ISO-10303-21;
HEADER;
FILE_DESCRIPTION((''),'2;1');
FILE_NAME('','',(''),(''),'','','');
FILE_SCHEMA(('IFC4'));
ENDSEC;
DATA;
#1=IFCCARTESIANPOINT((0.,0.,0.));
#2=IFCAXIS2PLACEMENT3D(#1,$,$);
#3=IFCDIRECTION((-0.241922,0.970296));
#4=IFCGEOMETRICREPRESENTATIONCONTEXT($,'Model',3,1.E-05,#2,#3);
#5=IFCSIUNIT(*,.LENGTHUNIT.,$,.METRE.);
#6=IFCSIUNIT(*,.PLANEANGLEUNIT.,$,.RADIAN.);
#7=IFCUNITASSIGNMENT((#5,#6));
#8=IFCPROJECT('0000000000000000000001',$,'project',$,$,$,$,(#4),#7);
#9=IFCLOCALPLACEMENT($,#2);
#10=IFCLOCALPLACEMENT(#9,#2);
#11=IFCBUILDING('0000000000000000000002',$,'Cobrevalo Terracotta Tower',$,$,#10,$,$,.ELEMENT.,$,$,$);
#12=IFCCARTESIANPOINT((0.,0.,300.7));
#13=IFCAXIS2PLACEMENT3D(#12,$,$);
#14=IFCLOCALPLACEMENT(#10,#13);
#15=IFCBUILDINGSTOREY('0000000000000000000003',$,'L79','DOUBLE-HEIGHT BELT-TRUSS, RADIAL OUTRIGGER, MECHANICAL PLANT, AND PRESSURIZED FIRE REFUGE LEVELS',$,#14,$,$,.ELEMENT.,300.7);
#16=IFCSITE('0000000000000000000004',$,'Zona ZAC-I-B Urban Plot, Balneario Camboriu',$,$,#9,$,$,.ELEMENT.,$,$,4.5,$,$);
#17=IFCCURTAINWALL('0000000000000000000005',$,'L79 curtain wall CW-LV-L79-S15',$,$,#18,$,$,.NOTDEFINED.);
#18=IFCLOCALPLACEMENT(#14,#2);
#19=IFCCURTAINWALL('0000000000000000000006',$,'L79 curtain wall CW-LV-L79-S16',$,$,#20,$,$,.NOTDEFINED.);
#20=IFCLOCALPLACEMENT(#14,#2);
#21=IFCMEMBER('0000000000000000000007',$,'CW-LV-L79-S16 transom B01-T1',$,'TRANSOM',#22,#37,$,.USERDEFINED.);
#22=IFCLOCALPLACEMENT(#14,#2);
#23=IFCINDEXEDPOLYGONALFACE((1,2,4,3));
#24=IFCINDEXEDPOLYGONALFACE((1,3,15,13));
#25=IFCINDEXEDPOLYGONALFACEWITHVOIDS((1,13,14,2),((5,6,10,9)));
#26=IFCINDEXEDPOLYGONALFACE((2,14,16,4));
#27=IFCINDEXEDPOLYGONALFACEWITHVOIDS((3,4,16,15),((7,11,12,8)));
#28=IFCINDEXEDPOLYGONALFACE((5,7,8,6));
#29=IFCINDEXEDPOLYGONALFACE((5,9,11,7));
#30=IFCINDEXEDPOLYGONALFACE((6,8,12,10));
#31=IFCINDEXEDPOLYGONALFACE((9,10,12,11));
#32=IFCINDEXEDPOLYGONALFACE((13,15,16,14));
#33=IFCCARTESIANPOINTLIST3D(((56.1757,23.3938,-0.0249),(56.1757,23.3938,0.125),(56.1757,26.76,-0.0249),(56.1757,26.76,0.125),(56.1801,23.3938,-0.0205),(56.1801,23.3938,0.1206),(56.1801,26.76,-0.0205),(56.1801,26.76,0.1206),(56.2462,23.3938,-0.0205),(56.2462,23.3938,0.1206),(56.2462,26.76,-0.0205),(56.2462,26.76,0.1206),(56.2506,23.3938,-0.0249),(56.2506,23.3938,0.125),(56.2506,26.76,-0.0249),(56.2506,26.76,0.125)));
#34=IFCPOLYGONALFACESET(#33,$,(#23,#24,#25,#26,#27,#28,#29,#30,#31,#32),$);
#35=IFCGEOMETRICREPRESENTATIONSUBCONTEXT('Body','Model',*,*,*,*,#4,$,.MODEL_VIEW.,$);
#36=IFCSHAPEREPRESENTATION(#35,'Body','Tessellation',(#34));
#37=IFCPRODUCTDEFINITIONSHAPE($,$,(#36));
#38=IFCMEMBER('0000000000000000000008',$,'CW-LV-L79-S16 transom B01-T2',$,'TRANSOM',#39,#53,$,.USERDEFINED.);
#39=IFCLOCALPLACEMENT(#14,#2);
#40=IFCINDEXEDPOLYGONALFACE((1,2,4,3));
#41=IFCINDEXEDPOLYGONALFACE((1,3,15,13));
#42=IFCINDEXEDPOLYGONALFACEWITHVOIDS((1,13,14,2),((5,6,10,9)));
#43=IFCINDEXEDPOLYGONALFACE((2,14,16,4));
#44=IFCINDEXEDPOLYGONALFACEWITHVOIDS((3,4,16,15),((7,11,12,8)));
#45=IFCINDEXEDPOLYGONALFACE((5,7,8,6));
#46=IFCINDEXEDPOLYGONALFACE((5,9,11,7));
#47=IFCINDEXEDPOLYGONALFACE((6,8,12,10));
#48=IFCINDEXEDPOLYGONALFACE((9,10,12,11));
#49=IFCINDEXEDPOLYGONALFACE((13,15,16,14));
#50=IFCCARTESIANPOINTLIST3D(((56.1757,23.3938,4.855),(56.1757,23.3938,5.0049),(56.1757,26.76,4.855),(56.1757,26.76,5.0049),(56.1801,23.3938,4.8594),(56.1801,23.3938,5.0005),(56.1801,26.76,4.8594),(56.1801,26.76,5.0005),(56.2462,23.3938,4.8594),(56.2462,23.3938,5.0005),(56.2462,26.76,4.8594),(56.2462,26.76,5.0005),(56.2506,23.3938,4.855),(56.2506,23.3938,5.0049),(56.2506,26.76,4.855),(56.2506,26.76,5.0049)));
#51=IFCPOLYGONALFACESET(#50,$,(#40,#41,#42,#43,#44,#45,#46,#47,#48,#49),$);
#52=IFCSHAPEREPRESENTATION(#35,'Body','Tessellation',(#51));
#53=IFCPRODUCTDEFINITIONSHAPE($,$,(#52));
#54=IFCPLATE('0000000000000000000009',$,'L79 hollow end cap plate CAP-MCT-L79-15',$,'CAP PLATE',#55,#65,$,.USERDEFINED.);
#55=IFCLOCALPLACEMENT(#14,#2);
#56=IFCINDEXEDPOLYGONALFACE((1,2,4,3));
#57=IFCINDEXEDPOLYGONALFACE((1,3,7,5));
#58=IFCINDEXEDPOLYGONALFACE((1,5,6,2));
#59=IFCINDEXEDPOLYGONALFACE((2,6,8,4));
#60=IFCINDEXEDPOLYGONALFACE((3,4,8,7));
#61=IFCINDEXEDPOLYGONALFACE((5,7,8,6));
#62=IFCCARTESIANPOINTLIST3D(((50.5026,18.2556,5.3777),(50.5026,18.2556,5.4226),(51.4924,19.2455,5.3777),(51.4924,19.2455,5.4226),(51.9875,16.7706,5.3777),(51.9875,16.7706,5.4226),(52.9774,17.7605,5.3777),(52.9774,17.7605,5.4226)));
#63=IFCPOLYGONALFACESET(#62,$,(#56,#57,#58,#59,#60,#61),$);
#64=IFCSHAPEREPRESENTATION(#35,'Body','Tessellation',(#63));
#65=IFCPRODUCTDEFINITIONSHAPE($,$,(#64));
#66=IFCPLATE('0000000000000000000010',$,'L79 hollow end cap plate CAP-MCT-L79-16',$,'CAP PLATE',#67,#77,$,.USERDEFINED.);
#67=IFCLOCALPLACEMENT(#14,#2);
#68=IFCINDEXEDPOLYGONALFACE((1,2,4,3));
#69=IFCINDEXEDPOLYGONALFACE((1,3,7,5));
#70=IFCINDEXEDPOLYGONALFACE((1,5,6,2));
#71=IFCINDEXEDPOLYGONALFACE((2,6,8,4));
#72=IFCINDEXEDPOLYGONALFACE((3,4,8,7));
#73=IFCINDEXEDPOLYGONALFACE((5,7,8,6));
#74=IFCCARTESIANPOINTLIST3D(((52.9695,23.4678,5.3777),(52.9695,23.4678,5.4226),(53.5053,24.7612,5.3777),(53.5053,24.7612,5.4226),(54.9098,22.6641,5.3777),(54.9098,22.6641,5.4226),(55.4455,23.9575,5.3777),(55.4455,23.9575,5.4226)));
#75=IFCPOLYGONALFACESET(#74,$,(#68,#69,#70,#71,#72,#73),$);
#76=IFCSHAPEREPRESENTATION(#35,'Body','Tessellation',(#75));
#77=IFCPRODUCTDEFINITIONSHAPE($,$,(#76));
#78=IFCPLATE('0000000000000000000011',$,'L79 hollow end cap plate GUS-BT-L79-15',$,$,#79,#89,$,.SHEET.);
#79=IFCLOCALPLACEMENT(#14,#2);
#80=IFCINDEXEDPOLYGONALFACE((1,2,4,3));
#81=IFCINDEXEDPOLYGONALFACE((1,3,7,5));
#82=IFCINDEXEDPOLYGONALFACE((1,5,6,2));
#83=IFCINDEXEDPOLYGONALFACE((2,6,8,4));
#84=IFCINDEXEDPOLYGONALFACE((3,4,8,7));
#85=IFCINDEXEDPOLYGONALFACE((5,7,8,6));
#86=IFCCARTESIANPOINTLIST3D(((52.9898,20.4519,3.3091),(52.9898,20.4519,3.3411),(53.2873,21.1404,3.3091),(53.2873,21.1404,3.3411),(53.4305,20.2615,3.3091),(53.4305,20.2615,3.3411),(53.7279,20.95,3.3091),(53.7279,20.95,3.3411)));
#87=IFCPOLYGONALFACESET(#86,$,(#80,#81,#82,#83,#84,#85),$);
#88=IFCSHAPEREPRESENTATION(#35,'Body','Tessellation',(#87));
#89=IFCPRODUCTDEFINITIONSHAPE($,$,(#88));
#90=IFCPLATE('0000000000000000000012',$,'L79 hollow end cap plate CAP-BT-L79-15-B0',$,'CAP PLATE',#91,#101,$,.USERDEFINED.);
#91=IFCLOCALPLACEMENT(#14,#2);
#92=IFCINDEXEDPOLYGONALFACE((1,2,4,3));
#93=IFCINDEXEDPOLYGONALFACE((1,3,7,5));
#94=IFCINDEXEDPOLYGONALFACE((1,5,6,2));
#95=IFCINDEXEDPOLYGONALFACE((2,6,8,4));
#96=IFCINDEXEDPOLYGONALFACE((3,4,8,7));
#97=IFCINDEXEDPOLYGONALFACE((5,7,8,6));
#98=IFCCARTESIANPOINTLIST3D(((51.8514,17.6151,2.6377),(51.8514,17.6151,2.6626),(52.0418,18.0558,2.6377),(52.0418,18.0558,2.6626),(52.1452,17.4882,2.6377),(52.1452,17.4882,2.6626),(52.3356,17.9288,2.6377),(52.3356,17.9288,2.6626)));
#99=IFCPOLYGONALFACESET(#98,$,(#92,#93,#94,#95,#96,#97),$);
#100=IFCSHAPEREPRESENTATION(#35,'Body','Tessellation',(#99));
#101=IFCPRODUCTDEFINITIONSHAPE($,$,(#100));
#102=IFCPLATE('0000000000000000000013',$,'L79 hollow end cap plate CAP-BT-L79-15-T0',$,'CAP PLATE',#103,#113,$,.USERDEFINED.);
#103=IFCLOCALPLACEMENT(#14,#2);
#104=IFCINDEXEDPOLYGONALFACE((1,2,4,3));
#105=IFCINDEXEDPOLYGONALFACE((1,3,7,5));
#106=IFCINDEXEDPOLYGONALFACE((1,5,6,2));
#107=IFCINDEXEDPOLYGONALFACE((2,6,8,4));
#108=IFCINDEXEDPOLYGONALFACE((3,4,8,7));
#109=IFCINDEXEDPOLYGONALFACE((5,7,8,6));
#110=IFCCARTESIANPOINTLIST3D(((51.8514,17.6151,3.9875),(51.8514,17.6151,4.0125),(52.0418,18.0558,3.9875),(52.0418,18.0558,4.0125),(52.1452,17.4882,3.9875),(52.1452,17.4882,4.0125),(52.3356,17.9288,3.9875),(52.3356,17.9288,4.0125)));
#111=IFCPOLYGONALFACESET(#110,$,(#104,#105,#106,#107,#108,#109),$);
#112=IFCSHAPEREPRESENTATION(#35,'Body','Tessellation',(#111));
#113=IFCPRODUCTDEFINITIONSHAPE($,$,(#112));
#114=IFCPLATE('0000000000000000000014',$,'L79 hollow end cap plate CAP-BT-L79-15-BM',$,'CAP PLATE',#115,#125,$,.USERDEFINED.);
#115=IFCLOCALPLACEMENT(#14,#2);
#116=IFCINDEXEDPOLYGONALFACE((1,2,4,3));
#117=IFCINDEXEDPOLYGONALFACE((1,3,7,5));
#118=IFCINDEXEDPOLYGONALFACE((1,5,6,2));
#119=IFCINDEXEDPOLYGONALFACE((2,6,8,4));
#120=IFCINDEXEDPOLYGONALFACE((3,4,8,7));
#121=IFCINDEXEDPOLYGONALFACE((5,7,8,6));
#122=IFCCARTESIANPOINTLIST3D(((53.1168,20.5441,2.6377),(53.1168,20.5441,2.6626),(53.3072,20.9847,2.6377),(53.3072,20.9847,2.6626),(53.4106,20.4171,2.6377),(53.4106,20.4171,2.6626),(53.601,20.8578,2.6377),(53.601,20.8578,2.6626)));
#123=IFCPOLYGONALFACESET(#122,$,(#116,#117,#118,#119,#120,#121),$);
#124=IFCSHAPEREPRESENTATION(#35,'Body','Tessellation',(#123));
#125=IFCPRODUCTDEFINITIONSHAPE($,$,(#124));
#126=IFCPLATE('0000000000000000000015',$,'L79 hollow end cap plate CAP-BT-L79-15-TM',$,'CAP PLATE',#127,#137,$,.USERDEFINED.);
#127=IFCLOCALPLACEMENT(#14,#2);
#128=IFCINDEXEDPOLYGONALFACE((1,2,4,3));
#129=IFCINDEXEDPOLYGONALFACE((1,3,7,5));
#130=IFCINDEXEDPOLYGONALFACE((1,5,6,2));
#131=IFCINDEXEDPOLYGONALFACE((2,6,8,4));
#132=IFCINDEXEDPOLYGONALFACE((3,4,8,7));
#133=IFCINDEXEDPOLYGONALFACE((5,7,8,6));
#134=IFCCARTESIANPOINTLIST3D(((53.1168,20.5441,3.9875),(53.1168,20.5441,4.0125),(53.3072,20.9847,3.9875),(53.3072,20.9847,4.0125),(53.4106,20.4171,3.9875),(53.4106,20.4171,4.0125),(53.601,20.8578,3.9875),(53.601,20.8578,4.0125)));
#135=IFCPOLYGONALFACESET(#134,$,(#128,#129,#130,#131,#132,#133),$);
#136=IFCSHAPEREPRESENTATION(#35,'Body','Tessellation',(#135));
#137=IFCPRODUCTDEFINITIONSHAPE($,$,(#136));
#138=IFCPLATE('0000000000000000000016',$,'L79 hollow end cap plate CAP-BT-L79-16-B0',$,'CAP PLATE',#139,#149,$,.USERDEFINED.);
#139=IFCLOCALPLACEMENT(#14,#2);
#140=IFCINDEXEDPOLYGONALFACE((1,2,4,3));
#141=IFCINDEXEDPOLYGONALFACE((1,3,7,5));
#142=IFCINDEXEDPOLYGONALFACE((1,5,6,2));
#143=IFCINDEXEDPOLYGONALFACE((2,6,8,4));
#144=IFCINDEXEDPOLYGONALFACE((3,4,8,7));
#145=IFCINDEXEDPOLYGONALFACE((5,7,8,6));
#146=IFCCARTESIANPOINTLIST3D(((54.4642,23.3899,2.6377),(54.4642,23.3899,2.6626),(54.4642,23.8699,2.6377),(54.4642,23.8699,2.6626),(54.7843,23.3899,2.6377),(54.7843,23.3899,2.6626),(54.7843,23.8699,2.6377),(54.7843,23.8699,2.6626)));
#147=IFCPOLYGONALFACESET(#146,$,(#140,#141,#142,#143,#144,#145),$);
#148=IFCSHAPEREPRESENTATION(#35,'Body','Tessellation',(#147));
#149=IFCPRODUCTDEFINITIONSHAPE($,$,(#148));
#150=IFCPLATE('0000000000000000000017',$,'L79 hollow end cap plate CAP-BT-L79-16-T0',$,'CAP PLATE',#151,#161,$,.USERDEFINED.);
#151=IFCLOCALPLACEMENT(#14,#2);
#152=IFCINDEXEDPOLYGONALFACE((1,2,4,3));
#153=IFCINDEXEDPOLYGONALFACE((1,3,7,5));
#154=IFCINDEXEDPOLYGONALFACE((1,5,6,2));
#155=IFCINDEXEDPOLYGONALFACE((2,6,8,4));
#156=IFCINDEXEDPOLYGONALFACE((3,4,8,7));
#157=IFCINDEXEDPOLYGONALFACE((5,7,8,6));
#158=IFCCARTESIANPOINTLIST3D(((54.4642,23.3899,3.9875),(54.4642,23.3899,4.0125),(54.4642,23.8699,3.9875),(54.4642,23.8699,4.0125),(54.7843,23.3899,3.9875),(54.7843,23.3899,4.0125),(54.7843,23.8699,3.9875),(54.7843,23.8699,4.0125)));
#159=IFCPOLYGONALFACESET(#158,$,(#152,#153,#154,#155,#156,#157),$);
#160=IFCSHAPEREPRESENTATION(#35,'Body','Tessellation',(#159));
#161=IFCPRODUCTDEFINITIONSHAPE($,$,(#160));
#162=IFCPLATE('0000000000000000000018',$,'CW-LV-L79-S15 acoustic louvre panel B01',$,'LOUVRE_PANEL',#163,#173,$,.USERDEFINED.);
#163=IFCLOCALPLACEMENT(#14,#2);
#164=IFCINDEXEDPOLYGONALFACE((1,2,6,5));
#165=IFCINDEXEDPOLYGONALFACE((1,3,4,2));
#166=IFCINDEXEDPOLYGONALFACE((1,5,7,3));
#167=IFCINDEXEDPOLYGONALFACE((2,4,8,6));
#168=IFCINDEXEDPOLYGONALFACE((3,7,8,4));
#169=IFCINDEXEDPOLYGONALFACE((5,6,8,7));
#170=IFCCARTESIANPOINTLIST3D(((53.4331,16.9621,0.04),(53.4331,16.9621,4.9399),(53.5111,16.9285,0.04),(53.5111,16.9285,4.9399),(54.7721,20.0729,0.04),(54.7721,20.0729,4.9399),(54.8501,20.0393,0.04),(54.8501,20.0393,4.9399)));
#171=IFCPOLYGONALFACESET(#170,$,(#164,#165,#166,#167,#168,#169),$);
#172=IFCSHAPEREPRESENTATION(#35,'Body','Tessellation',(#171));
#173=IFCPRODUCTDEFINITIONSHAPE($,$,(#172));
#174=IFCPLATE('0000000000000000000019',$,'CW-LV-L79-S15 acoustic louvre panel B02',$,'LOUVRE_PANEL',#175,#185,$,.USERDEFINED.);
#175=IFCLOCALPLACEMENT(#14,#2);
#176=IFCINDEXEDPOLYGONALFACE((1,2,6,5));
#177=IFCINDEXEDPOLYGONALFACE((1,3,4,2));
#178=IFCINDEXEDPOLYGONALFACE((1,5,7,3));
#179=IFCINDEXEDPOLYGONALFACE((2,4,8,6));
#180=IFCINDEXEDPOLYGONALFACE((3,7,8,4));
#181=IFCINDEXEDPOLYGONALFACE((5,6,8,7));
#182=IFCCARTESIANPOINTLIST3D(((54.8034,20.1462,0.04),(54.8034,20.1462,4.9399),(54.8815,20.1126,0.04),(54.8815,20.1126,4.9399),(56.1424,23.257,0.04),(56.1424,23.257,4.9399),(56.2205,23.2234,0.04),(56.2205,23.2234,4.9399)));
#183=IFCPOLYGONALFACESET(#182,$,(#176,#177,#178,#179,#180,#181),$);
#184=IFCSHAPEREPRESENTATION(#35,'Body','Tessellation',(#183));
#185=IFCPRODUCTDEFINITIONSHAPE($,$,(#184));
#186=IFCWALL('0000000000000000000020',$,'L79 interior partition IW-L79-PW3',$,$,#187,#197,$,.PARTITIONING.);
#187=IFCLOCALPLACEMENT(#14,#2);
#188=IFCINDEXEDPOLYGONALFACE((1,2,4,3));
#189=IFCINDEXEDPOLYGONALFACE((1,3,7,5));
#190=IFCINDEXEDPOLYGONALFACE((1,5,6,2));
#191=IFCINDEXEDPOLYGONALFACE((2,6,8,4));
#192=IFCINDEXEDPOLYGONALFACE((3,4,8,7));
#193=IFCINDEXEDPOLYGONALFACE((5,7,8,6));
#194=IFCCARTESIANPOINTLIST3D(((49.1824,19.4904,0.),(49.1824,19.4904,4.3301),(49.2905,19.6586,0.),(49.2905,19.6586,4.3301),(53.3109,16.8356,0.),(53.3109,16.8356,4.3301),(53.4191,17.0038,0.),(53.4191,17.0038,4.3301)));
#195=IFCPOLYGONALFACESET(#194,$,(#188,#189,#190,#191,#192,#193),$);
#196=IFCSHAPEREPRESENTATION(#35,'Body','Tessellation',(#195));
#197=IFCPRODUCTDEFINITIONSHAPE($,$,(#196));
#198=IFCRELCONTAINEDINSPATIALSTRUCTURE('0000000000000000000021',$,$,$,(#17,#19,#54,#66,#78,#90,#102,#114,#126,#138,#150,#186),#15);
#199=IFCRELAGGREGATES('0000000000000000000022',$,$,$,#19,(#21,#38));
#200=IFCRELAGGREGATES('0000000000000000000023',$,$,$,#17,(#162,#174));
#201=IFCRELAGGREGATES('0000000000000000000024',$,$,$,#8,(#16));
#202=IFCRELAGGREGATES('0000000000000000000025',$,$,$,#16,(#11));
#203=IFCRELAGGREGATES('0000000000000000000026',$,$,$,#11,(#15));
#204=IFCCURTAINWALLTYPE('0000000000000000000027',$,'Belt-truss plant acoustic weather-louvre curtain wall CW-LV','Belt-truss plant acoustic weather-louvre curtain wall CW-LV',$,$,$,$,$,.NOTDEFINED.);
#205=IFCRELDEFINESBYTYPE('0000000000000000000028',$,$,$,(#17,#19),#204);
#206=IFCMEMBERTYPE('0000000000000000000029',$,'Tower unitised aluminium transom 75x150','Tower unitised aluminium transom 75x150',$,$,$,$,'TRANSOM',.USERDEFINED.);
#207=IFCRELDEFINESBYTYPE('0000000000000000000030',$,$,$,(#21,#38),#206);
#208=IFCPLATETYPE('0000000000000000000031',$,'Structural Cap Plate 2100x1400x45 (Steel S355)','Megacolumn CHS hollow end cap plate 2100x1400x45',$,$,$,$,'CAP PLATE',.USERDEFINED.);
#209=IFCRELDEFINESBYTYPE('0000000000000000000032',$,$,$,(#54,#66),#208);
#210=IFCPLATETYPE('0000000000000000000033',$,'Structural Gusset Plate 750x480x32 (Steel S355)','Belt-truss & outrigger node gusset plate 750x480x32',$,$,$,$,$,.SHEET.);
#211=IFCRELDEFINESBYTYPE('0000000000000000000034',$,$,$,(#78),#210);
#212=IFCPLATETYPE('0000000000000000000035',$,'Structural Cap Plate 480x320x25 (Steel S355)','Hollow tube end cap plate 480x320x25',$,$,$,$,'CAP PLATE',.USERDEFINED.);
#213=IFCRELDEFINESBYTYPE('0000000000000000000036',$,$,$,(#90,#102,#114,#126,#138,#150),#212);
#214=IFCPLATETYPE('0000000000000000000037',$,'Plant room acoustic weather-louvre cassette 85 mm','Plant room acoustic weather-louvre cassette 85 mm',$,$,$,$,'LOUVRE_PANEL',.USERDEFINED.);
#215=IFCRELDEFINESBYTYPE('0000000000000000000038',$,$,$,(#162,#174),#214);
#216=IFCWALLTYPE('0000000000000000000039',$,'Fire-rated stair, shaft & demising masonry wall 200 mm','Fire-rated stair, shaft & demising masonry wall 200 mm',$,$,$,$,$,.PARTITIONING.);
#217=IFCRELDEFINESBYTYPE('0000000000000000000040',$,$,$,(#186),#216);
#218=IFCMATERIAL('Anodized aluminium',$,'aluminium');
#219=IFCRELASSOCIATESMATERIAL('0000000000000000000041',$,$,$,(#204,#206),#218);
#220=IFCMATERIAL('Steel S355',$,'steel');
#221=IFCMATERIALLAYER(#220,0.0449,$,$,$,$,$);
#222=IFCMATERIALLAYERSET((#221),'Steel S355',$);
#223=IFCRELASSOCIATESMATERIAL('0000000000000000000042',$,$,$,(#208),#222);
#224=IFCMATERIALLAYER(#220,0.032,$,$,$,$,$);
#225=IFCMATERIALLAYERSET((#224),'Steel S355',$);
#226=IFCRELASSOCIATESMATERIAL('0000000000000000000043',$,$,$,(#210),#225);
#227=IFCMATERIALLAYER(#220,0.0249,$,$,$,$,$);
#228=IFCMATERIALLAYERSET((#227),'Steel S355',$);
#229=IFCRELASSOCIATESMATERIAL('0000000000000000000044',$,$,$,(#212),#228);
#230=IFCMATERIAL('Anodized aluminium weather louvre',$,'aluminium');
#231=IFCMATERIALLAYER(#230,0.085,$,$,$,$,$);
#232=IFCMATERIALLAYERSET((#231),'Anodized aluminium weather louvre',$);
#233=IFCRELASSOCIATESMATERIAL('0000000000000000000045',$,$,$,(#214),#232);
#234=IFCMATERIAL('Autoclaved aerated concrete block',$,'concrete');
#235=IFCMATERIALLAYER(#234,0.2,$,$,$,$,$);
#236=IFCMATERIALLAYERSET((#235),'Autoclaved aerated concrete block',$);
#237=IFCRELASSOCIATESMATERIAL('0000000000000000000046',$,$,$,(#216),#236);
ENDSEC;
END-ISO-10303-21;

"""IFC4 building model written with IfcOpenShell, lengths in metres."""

from ifc_helpers import new_model, si_unit, direction, frame, frame_2d, origin, origin_2d, place, context, subcontext, project, spatial, rectangle, hollow_rectangle, extrude, source, transform, mapped, material, layer, layer_set, material_profile, profile_set, type_object, element, aggregate, save


model = new_model("IFC4")

# Units and contexts
model_context = context("Model", 3, precision=1e-05, world=origin(), true_north=direction((-0.241922, 0.970296)))
body_context = subcontext(model_context, "Body", "Model", "MODEL_VIEW")
ifc_project = project(units=[si_unit("LENGTHUNIT", "METRE"), si_unit("PLANEANGLEUNIT", "RADIAN")], contexts=[model_context])

# Site, building, storey
site_placement = place(None, origin())
site = spatial("IfcSite", under=ifc_project, at=site_placement, Name="Zona ZAC-I-B Urban Plot, Balneario Camboriu", CompositionType="ELEMENT", RefElevation=4.5)
building_placement = place(site_placement, origin())
building = spatial("IfcBuilding", under=site, at=building_placement, Name="Cobrevalo Terracotta Tower", CompositionType="ELEMENT")
storey_placement = place(building_placement, frame((0.0, 0.0, 300.7)))
storey = spatial("IfcBuildingStorey", under=building, at=storey_placement, Name="L79", Description="DOUBLE-HEIGHT BELT-TRUSS, RADIAL OUTRIGGER, MECHANICAL PLANT, AND PRESSURIZED FIRE REFUGE LEVELS", CompositionType="ELEMENT", Elevation=300.7)

# Shared definitions
ifc_material_1 = material(Name="Steel S355", Category="steel")

# Curtain wall
ifc_material_2 = material(Name="Anodized aluminium", Category="aluminium")
curtain_wall_type = type_object("IfcCurtainWallType", Name="Belt-truss plant acoustic weather-louvre curtain wall CW-LV", Description="Belt-truss plant acoustic weather-louvre curtain wall CW-LV", PredefinedType="NOTDEFINED", material=ifc_material_2)
curtain_wall_1_placement = place(storey_placement, origin())
curtain_wall_1 = element("IfcCurtainWall", 1, at=curtain_wall_1_placement, inside=storey, type_object=curtain_wall_type, Name="L79 curtain wall CW-LV-L79-S15", PredefinedType="NOTDEFINED")

# Curtain wall
curtain_wall_2_placement = place(storey_placement, origin())
curtain_wall_2 = element("IfcCurtainWall", 2, at=curtain_wall_2_placement, inside=storey, type_object=curtain_wall_type, Name="L79 curtain wall CW-LV-L79-S16", PredefinedType="NOTDEFINED")

# Members
ifc_material_profile_1 = material_profile(ifc_material_2, hollow_rectangle(XDim=0.075, YDim=0.1499, WallThickness=0.0044, at=origin_2d()), Name="CWT 75x150")
ifc_profile_set_1 = profile_set([ifc_material_profile_1], Name="Anodized aluminium")
member_type_1 = type_object("IfcMemberType", Name="Tower unitised aluminium transom 75x150", Description="Tower unitised aluminium transom 75x150", ElementType="TRANSOM", PredefinedType="USERDEFINED", material=ifc_profile_set_1)
shared_shape_1 = source(origin(), body_context, "Body", "SweptSolid", [
    extrude(hollow_rectangle(XDim=0.075, YDim=0.1499, WallThickness=0.0044, at=origin_2d()), origin(), (0.0, 0.0, 1.0), 3.3662),
])
member_1_placement = place(storey_placement, frame((56.2131, 23.3938, 0.05), z_axis=(0.0, 1.0, 0.0), x_axis=(-1.0, 0.0, 0.0)))
member_1 = element("IfcMember", 3, at=member_1_placement, type_object=member_type_1, Name="CW-LV-L79-S16 transom B01-T1", ObjectType="TRANSOM", PredefinedType="USERDEFINED", context=body_context, shape_type="MappedRepresentation", body=[
    mapped(shared_shape_1, transform((0.0, 0.0, 0.0), scale=1.0)),
])
member_2_placement = place(storey_placement, frame((56.2131, 23.3938, 4.9299), z_axis=(0.0, 1.0, 0.0), x_axis=(-1.0, 0.0, 0.0)))
member_2 = element("IfcMember", 4, at=member_2_placement, type_object=member_type_1, Name="CW-LV-L79-S16 transom B01-T2", ObjectType="TRANSOM", PredefinedType="USERDEFINED", context=body_context, shape_type="MappedRepresentation", body=[
    mapped(shared_shape_1, transform((0.0, 0.0, 0.0), scale=1.0)),
])
aggregate(curtain_wall_2, [member_1, member_2])

# Plates
ifc_layer_1 = layer(ifc_material_1, 0.0449)
ifc_layer_set_1 = layer_set([ifc_layer_1], Name="Steel S355")
plate_type_1 = type_object("IfcPlateType", Name="Structural Cap Plate 2100x1400x45 (Steel S355)", Description="Megacolumn CHS hollow end cap plate 2100x1400x45", ElementType="CAP PLATE", PredefinedType="USERDEFINED", material=ifc_layer_set_1)
shared_shape_2 = source(origin(), body_context, "Body", "SweptSolid", [
    extrude(rectangle(XDim=2.1001, YDim=1.3999, at=origin_2d()), origin(), (0.0, 0.0, 1.0), 0.0449),
])
for number, where, z_axis, x_axis, name in (
    (5, (51.74, 18.0081, 5.3777), (0.0, 0.0, 1.0), (0.707107, -0.707107, 0.0), "L79 hollow end cap plate CAP-MCT-L79-15"),
    (6, (54.2075, 23.7126, 5.3777), (0.0, 0.0, 1.0), (0.92388, -0.382683, 0.0), "L79 hollow end cap plate CAP-MCT-L79-16"),
):
    element("IfcPlate", number, at=place(storey_placement, frame(where, z_axis=z_axis, x_axis=x_axis)), inside=storey, type_object=plate_type_1, Name=name, ObjectType="CAP PLATE", PredefinedType="USERDEFINED", context=body_context, shape_type="MappedRepresentation", body=[
        mapped(shared_shape_2, transform((0.0, 0.0, 0.0), scale=1.0)),
    ])
ifc_layer_2 = layer(ifc_material_1, 0.032)
ifc_layer_set_2 = layer_set([ifc_layer_2], Name="Steel S355")
plate_type_2 = type_object("IfcPlateType", Name="Structural Gusset Plate 750x480x32 (Steel S355)", Description="Belt-truss & outrigger node gusset plate 750x480x32", PredefinedType="SHEET", material=ifc_layer_set_2)
shared_shape_3 = source(origin(), body_context, "Body", "SweptSolid", [
    extrude(rectangle(XDim=0.75, YDim=0.48, at=origin_2d()), origin(), (0.0, 0.0, 1.0), 0.032),
])
plate_1_placement = place(storey_placement, frame((53.3589, 20.7009, 3.3091), z_axis=(0.0, 0.0, 1.0), x_axis=(0.396621, 0.917983, 0.0)))
element("IfcPlate", 7, at=plate_1_placement, inside=storey, type_object=plate_type_2, Name="L79 hollow end cap plate GUS-BT-L79-15", PredefinedType="SHEET", context=body_context, shape_type="MappedRepresentation", body=[
    mapped(shared_shape_3, transform((0.0, 0.0, 0.0), scale=1.0)),
])
ifc_layer_3 = layer(ifc_material_1, 0.0249)
ifc_layer_set_3 = layer_set([ifc_layer_3], Name="Steel S355")
plate_type_3 = type_object("IfcPlateType", Name="Structural Cap Plate 480x320x25 (Steel S355)", Description="Hollow tube end cap plate 480x320x25", ElementType="CAP PLATE", PredefinedType="USERDEFINED", material=ifc_layer_set_3)
shared_shape_4 = source(origin(), body_context, "Body", "SweptSolid", [
    extrude(rectangle(XDim=0.48, YDim=0.3201, at=origin_2d()), origin(), (0.0, 0.0, 1.0), 0.0249),
])
for number, where, z_axis, x_axis, name in (
    (8, (52.0935, 17.772, 2.6377), (0.0, 0.0, 1.0), (0.396621, 0.917983, 0.0), "L79 hollow end cap plate CAP-BT-L79-15-B0"),
    (9, (52.0935, 17.772, 3.9875), (0.0, 0.0, 1.0), (0.396621, 0.917983, 0.0), "L79 hollow end cap plate CAP-BT-L79-15-T0"),
    (10, (53.3589, 20.7009, 2.6377), (0.0, 0.0, 1.0), (0.396621, 0.917983, 0.0), "L79 hollow end cap plate CAP-BT-L79-15-BM"),
    (11, (53.3589, 20.7009, 3.9875), (0.0, 0.0, 1.0), (0.396621, 0.917983, 0.0), "L79 hollow end cap plate CAP-BT-L79-15-TM"),
    (12, (54.6243, 23.6299, 2.6377), (0.0, 0.0, 1.0), (0.0, 1.0, 0.0), "L79 hollow end cap plate CAP-BT-L79-16-B0"),
    (13, (54.6243, 23.6299, 3.9875), (0.0, 0.0, 1.0), (0.0, 1.0, 0.0), "L79 hollow end cap plate CAP-BT-L79-16-T0"),
):
    element("IfcPlate", number, at=place(storey_placement, frame(where, z_axis=z_axis, x_axis=x_axis)), inside=storey, type_object=plate_type_3, Name=name, ObjectType="CAP PLATE", PredefinedType="USERDEFINED", context=body_context, shape_type="MappedRepresentation", body=[
        mapped(shared_shape_4, transform((0.0, 0.0, 0.0), scale=1.0)),
    ])

# Plates
ifc_material_3 = material(Name="Anodized aluminium weather louvre", Category="aluminium")
ifc_layer_4 = layer(ifc_material_3, 0.085)
ifc_layer_set_4 = layer_set([ifc_layer_4], Name="Anodized aluminium weather louvre")
plate_type_4 = type_object("IfcPlateType", Name="Plant room acoustic weather-louvre cassette 85 mm", Description="Plant room acoustic weather-louvre cassette 85 mm", ElementType="LOUVRE_PANEL", PredefinedType="USERDEFINED", material=ifc_layer_set_4)
shared_shape_5 = source(origin(), body_context, "Body", "SweptSolid", [
    extrude(rectangle(XDim=3.3867, YDim=0.085, at=origin_2d()), origin(), (0.0, 0.0, 1.0), 4.8999),
])
plate_2_placement = place(storey_placement, frame((54.1416, 18.5007, 0.04), z_axis=(0.0, 0.0, 1.0), x_axis=(0.395368, 0.918523, 0.0)))
plate_2 = element("IfcPlate", 14, at=plate_2_placement, type_object=plate_type_4, Name="CW-LV-L79-S15 acoustic louvre panel B01", ObjectType="LOUVRE_PANEL", PredefinedType="USERDEFINED", context=body_context, shape_type="MappedRepresentation", body=[
    mapped(shared_shape_5, transform((0.0, 0.0, 0.0), scale=1.0)),
])
plate_3_placement = place(storey_placement, frame((55.512, 21.6848, 0.04), z_axis=(0.0, 0.0, 1.0), x_axis=(0.395368, 0.918523, 0.0)))
plate_3 = element("IfcPlate", 15, at=plate_3_placement, type_object=plate_type_4, Name="CW-LV-L79-S15 acoustic louvre panel B02", ObjectType="LOUVRE_PANEL", PredefinedType="USERDEFINED", context=body_context, shape_type="MappedRepresentation", body=[
    mapped(shared_shape_5, transform((0.0, 0.0, 0.0), scale=1.0)),
])
aggregate(curtain_wall_1, [plate_2, plate_3])

# Wall
ifc_material_4 = material(Name="Autoclaved aerated concrete block", Category="concrete")
ifc_layer_5 = layer(ifc_material_4, 0.2)
ifc_layer_set_5 = layer_set([ifc_layer_5], Name="Autoclaved aerated concrete block")
wall_type_1 = type_object("IfcWallType", Name="Fire-rated stair, shaft & demising masonry wall 200 mm", Description="Fire-rated stair, shaft & demising masonry wall 200 mm", PredefinedType="PARTITIONING", material=ifc_layer_set_5)
wall_1_placement = place(storey_placement, frame((49.2366, 19.5745, 0.0), z_axis=(0.0, 0.0, 1.0), x_axis=(0.841104, -0.540873, 0.0)))
element("IfcWall", 16, at=wall_1_placement, inside=storey, type_object=wall_type_1, Name="L79 interior partition IW-L79-PW3", PredefinedType="PARTITIONING", context=body_context, shape_type="SweptSolid", body=[
    extrude(rectangle(XDim=4.9084, YDim=0.2, at=frame_2d((2.4541, 0.0))), origin(), (0.0, 0.0, 1.0), 4.3301),
])

save(model, "model.ifc")
